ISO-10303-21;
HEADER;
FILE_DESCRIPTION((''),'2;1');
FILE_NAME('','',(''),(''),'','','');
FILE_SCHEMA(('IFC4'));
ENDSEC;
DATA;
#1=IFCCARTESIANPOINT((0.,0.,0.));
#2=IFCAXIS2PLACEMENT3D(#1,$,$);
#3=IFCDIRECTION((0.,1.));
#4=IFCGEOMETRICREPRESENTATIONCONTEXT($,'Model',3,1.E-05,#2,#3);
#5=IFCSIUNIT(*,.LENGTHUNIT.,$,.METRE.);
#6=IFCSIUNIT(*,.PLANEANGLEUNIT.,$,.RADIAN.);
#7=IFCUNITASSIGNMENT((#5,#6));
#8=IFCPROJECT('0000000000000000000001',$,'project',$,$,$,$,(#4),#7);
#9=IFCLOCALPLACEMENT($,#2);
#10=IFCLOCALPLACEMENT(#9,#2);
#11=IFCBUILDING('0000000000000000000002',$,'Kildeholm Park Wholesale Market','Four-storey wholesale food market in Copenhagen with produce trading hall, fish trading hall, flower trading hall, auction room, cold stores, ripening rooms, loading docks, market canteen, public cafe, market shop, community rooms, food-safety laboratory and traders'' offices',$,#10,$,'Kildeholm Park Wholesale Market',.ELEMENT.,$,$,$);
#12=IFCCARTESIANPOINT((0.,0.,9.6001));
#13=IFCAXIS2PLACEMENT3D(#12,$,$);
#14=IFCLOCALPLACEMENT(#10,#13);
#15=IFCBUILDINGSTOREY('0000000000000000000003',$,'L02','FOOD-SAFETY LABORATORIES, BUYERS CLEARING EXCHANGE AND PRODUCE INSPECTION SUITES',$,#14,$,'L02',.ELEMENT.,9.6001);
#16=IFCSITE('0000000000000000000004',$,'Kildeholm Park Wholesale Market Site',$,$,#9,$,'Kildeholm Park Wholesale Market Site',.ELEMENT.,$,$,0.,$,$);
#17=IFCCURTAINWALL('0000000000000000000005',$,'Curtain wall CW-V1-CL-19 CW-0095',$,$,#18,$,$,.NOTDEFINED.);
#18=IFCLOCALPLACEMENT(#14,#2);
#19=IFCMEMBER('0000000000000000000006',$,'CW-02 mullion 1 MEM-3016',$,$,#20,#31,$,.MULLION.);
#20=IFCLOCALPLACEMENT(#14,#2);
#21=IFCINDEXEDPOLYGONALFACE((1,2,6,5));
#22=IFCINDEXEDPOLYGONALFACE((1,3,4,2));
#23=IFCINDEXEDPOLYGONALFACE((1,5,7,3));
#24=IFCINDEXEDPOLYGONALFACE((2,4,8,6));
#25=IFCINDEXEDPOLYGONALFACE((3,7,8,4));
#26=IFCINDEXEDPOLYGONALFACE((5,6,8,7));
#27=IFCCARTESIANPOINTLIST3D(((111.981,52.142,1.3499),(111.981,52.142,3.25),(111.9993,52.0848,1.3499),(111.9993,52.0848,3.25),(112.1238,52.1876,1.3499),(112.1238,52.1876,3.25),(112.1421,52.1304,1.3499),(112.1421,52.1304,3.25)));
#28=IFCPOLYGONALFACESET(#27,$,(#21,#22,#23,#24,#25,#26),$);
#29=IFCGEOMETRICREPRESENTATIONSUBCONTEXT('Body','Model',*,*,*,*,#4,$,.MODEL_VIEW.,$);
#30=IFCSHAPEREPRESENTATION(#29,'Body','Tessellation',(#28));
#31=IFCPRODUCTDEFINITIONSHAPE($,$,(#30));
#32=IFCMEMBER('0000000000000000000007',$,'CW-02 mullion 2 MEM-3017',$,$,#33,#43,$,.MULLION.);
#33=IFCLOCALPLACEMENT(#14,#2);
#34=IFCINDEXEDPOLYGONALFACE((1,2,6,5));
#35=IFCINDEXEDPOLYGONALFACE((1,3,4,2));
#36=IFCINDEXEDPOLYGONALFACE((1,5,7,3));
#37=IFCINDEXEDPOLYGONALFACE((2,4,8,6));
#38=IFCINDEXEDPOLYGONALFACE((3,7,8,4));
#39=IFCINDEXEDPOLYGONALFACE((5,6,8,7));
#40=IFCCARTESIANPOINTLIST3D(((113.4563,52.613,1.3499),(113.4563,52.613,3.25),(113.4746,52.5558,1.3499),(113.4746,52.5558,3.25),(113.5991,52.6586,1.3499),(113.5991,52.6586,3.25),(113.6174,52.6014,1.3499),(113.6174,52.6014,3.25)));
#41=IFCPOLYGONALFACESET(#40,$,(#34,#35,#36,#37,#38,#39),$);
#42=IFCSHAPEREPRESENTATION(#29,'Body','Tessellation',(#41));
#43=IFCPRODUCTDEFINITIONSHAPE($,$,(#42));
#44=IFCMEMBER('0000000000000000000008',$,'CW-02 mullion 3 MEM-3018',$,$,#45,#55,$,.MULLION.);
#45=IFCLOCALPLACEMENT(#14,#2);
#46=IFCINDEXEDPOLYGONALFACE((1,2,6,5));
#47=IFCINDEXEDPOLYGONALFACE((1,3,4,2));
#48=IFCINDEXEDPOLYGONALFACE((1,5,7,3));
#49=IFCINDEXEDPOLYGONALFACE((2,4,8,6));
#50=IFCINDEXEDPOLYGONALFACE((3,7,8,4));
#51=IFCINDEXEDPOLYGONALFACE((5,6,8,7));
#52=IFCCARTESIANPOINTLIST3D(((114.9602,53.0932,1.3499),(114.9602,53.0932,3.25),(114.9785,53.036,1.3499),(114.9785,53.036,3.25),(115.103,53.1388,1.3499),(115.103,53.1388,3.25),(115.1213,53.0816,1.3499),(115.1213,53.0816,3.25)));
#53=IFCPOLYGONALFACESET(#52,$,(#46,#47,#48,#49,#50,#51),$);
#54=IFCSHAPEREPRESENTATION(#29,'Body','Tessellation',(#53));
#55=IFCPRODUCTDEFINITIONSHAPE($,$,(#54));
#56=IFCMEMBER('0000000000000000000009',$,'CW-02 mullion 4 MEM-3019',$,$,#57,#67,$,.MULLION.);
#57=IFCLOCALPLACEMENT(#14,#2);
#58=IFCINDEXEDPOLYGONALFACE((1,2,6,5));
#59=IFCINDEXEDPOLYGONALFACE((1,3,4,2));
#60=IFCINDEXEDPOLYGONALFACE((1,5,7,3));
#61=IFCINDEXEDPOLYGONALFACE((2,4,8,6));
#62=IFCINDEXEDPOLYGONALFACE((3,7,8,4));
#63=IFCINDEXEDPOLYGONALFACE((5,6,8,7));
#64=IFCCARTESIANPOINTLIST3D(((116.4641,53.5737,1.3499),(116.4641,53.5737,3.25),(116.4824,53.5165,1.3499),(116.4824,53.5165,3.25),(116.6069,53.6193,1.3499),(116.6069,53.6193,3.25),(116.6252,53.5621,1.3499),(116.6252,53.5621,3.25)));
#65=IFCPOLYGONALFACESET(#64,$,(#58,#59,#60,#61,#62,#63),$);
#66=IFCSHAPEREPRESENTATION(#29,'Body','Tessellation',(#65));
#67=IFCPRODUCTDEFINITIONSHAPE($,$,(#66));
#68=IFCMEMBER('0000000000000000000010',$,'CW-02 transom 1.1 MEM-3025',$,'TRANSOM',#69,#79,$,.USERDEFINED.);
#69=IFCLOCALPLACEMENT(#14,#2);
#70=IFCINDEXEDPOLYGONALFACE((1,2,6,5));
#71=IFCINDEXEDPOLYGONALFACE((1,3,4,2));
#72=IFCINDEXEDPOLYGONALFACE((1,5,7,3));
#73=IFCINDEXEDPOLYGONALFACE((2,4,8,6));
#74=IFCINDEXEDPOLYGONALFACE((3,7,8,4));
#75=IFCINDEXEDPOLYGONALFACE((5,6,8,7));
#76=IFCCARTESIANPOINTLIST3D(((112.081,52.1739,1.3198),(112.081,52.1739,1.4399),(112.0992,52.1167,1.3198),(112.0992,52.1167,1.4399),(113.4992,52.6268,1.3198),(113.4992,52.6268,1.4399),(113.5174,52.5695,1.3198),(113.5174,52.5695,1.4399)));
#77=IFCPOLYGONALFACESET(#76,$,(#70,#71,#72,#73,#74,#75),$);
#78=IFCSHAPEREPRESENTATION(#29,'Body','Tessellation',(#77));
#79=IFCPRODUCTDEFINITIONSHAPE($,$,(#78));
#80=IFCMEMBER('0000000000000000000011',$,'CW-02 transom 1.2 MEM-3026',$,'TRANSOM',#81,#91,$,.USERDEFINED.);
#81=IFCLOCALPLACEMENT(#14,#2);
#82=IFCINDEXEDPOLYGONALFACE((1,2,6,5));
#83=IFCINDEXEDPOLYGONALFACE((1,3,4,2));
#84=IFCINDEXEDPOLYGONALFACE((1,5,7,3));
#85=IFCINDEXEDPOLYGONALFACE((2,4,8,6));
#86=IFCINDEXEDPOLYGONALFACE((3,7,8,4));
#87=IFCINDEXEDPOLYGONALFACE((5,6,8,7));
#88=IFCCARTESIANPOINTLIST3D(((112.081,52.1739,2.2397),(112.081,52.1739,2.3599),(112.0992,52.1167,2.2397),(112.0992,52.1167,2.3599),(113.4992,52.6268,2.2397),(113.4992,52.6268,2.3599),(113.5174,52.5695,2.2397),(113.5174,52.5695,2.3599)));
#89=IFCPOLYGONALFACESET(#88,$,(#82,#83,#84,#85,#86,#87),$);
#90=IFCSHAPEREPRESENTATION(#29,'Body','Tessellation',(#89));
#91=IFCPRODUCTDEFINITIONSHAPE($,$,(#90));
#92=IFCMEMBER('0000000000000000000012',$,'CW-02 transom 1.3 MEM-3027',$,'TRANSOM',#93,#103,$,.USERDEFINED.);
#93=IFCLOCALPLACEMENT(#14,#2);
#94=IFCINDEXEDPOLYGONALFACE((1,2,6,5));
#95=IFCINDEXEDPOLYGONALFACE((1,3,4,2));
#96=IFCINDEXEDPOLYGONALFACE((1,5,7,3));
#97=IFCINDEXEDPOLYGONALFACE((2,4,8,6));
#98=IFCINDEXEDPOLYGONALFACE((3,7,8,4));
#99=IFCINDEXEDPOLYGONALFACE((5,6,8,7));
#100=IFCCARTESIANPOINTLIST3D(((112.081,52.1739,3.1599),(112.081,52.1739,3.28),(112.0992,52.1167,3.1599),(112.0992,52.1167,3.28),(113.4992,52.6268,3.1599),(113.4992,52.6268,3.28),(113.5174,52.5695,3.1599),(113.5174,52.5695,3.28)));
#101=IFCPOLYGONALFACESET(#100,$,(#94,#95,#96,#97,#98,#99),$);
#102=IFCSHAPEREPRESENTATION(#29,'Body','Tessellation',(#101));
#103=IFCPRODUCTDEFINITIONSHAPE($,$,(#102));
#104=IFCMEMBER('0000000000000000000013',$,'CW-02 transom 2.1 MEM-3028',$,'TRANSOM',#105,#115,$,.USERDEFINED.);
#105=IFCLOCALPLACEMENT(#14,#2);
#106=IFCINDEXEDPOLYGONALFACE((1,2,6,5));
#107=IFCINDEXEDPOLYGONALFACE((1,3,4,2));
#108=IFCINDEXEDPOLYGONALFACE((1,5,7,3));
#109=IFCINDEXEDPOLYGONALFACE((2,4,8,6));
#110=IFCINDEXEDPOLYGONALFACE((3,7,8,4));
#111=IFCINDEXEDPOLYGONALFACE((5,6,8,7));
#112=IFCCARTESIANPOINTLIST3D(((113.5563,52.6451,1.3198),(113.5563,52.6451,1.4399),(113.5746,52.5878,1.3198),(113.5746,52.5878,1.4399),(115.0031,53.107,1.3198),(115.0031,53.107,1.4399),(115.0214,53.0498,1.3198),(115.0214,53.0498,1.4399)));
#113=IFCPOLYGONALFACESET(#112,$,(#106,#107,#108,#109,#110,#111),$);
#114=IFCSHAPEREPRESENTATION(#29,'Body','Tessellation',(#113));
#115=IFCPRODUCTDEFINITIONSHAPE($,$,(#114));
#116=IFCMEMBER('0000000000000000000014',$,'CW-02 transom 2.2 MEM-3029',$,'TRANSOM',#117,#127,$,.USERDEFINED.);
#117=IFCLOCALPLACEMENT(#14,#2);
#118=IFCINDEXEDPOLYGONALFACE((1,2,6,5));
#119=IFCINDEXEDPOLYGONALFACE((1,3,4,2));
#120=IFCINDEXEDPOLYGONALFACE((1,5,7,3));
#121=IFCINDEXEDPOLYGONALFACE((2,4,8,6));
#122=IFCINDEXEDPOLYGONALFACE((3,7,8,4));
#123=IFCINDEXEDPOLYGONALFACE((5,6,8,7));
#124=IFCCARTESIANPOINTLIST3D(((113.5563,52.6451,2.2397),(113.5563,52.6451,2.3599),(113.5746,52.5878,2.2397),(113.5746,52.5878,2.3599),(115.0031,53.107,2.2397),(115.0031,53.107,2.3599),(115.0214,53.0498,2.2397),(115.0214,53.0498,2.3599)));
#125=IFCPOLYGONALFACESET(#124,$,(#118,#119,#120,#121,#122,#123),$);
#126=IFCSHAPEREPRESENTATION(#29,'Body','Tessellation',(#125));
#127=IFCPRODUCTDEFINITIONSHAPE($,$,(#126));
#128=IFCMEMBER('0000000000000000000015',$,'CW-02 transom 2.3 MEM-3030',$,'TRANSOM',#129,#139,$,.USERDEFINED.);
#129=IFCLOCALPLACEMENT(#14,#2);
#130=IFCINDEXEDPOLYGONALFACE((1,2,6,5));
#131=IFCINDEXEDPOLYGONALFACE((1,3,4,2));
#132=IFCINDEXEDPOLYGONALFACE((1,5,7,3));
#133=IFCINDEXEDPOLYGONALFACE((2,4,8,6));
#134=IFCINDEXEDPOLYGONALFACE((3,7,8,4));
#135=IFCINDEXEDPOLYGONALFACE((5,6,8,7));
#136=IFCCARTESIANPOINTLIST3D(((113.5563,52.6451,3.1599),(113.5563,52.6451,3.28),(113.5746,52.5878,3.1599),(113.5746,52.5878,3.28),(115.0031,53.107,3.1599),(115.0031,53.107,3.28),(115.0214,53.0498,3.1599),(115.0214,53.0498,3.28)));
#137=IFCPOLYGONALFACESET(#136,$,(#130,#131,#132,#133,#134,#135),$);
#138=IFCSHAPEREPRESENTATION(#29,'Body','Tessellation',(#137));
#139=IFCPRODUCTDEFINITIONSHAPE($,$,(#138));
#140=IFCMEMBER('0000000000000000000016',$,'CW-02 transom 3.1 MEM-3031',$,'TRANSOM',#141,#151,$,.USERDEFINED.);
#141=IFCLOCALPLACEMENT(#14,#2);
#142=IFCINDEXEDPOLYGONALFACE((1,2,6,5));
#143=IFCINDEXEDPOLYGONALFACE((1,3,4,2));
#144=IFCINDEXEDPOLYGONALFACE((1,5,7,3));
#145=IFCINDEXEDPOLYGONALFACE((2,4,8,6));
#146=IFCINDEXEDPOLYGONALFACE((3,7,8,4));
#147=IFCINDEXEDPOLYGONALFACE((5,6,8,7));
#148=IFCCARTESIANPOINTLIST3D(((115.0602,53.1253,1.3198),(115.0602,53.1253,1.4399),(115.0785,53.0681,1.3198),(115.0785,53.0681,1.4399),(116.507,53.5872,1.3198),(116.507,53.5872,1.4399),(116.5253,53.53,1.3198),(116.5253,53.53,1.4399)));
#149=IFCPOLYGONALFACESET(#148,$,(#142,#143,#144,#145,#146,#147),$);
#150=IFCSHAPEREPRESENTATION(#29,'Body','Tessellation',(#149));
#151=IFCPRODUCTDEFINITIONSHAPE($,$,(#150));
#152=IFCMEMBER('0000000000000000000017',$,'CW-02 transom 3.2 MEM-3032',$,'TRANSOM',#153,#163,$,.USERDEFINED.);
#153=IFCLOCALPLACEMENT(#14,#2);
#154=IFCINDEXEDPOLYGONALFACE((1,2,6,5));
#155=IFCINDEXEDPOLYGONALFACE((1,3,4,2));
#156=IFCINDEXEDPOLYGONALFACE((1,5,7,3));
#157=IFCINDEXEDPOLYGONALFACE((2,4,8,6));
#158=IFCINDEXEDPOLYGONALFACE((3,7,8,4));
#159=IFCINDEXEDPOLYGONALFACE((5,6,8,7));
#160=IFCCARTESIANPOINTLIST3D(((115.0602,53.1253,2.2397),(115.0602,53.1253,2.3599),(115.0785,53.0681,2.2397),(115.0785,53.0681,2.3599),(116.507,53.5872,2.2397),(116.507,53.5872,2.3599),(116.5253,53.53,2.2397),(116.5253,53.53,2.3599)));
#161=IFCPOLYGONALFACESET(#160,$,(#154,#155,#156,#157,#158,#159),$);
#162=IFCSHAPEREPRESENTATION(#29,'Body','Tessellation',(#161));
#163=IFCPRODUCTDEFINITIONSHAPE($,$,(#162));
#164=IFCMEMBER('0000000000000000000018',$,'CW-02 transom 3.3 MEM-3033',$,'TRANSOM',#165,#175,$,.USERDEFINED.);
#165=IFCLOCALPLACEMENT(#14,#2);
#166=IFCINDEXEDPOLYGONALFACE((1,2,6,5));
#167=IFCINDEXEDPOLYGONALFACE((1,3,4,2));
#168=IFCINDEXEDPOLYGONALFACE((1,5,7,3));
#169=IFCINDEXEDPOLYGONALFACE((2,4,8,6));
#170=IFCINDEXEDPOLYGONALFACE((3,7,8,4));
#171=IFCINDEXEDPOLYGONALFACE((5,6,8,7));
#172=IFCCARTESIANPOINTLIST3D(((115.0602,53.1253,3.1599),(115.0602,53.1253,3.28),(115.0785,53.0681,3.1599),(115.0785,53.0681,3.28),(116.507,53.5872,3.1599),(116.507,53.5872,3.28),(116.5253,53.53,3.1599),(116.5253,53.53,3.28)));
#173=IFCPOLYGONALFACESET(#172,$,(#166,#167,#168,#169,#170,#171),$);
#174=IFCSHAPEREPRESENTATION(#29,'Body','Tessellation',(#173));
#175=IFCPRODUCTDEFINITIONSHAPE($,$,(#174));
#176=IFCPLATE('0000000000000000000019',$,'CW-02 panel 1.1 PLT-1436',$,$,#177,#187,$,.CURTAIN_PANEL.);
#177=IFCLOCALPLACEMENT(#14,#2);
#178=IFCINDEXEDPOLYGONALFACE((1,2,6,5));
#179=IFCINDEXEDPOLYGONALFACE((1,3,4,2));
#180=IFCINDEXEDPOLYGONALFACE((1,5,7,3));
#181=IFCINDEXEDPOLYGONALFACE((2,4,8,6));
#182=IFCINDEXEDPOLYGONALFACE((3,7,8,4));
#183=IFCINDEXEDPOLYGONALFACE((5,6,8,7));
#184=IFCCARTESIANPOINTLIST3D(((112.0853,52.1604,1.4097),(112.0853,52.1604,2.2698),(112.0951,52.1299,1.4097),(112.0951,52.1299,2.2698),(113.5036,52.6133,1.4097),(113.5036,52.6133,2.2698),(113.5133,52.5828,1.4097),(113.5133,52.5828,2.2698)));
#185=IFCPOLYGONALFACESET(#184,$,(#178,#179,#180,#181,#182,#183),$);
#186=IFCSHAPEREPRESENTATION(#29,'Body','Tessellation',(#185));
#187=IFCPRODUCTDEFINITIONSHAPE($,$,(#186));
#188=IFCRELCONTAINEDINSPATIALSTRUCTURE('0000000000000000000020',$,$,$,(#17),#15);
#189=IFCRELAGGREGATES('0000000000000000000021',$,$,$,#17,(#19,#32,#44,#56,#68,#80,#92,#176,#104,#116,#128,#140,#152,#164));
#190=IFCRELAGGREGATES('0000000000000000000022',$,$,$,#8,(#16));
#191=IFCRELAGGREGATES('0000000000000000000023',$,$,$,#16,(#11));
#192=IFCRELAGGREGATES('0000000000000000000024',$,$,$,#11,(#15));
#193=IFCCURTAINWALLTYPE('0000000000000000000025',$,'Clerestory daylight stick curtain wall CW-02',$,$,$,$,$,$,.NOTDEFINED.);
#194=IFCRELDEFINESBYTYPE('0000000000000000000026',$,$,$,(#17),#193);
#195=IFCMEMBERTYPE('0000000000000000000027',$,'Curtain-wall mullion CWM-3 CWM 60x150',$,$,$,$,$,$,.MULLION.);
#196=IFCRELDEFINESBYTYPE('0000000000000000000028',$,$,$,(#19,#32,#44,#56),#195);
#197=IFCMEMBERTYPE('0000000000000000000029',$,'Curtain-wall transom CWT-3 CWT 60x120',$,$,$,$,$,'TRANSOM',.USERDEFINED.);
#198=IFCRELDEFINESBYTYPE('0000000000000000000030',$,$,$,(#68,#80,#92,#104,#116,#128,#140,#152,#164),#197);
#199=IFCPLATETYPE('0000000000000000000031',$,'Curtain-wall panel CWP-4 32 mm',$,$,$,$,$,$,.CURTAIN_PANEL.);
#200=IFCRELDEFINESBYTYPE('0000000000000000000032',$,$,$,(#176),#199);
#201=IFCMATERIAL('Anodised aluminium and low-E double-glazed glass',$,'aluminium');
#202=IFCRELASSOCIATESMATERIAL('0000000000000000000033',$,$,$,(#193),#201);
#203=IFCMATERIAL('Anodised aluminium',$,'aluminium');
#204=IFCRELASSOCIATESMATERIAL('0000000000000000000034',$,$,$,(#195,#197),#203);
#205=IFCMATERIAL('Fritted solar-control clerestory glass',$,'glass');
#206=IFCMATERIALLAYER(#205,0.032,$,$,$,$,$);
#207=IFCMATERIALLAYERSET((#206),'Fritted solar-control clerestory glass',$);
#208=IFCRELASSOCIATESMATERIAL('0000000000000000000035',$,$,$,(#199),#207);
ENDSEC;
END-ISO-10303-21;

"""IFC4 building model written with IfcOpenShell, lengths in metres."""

from ifc_helpers import new_model, si_unit, direction, frame, origin, origin_2d, place, context, subcontext, project, spatial, rectangle, extrude, material, layer, layer_set, material_profile, profile_set, type_object, element, aggregate, save


model = new_model("IFC4")

# Units and contexts
model_context = context("Model", 3, precision=1e-05, world=origin(), true_north=direction((0.0, 1.0)))
body_context = subcontext(model_context, "Body", "Model", "MODEL_VIEW")
ifc_project = project(units=[si_unit("LENGTHUNIT", "METRE"), si_unit("PLANEANGLEUNIT", "RADIAN")], contexts=[model_context])

# Site, building, storey
site_placement = place(None, origin())
site = spatial("IfcSite", under=ifc_project, at=site_placement, Name="Kildeholm Park Wholesale Market Site", LongName="Kildeholm Park Wholesale Market Site", CompositionType="ELEMENT", RefElevation=0.0)
building_placement = place(site_placement, origin())
building = spatial("IfcBuilding", under=site, at=building_placement, Name="Kildeholm Park Wholesale Market", Description="Four-storey wholesale food market in Copenhagen with produce trading hall, fish trading hall, flower trading hall, auction room, cold stores, ripening rooms, loading docks, market canteen, public cafe, market shop, community rooms, food-safety laboratory and traders' offices", LongName="Kildeholm Park Wholesale Market", CompositionType="ELEMENT")
storey_placement = place(building_placement, frame((0.0, 0.0, 9.6001)))
storey = spatial("IfcBuildingStorey", under=building, at=storey_placement, Name="L02", Description="FOOD-SAFETY LABORATORIES, BUYERS CLEARING EXCHANGE AND PRODUCE INSPECTION SUITES", LongName="L02", CompositionType="ELEMENT", Elevation=9.6001)

# Curtain wall, members, plate
ifc_material_1 = material(Name="Anodised aluminium and low-E double-glazed glass", Category="aluminium")
curtain_wall_type = type_object("IfcCurtainWallType", Name="Clerestory daylight stick curtain wall CW-02", PredefinedType="NOTDEFINED", material=ifc_material_1)
curtain_wall_placement = place(storey_placement, origin())
curtain_wall = element("IfcCurtainWall", 1, at=curtain_wall_placement, inside=storey, type_object=curtain_wall_type, Name="Curtain wall CW-V1-CL-19 CW-0095", PredefinedType="NOTDEFINED")
ifc_material_2 = material(Name="Anodised aluminium", Category="aluminium")
ifc_material_profile_1 = material_profile(ifc_material_2, rectangle(XDim=0.0601, YDim=0.1499, at=origin_2d()), Name="CWM 60x150")
ifc_profile_set_1 = profile_set([ifc_material_profile_1], Name="Anodised aluminium")
member_type_1 = type_object("IfcMemberType", Name="Curtain-wall mullion CWM-3 CWM 60x150", PredefinedType="MULLION", material=ifc_profile_set_1)
member_1_placement = place(storey_placement, frame((112.0615, 52.1362, 1.3499), z_axis=(0.0, 0.0, 1.0), x_axis=(-0.304207, 0.952606, 0.0)))
member_1 = element("IfcMember", 2, at=member_1_placement, type_object=member_type_1, Name="CW-02 mullion 1 MEM-3016", PredefinedType="MULLION", context=body_context, shape_type="SweptSolid", body=[
    extrude(rectangle(XDim=0.0601, YDim=0.1499, at=origin_2d()), origin(), (0.0, 0.0, 1.0), 1.9001),
])
member_2_placement = place(storey_placement, frame((113.5369, 52.6072, 1.3499), z_axis=(0.0, 0.0, 1.0), x_axis=(-0.304207, 0.952606, 0.0)))
member_2 = element("IfcMember", 3, at=member_2_placement, type_object=member_type_1, Name="CW-02 mullion 2 MEM-3017", PredefinedType="MULLION", context=body_context, shape_type="SweptSolid", body=[
    extrude(rectangle(XDim=0.0601, YDim=0.1499, at=origin_2d()), origin(), (0.0, 0.0, 1.0), 1.9001),
])
member_3_placement = place(storey_placement, frame((115.0408, 53.0874, 1.3499), z_axis=(0.0, 0.0, 1.0), x_axis=(-0.304207, 0.952606, 0.0)))
member_3 = element("IfcMember", 4, at=member_3_placement, type_object=member_type_1, Name="CW-02 mullion 3 MEM-3018", PredefinedType="MULLION", context=body_context, shape_type="SweptSolid", body=[
    extrude(rectangle(XDim=0.0601, YDim=0.1499, at=origin_2d()), origin(), (0.0, 0.0, 1.0), 1.9001),
])
member_4_placement = place(storey_placement, frame((116.5447, 53.5679, 1.3499), z_axis=(0.0, 0.0, 1.0), x_axis=(-0.304207, 0.952606, 0.0)))
member_4 = element("IfcMember", 5, at=member_4_placement, type_object=member_type_1, Name="CW-02 mullion 4 MEM-3019", PredefinedType="MULLION", context=body_context, shape_type="SweptSolid", body=[
    extrude(rectangle(XDim=0.0601, YDim=0.1499, at=origin_2d()), origin(), (0.0, 0.0, 1.0), 1.9001),
])
ifc_material_profile_2 = material_profile(ifc_material_2, rectangle(XDim=0.0601, YDim=0.1201, at=origin_2d()), Name="CWT 60x120")
ifc_profile_set_2 = profile_set([ifc_material_profile_2], Name="Anodised aluminium")
member_type_2 = type_object("IfcMemberType", Name="Curtain-wall transom CWT-3 CWT 60x120", ElementType="TRANSOM", PredefinedType="USERDEFINED", material=ifc_profile_set_2)
member_5_placement = place(storey_placement, frame((112.0901, 52.1453, 1.3799), z_axis=(0.952609, 0.304198, 0.0), x_axis=(-0.304198, 0.952609, 0.0)))
member_5 = element("IfcMember", 6, at=member_5_placement, type_object=member_type_2, Name="CW-02 transom 1.1 MEM-3025", ObjectType="TRANSOM", PredefinedType="USERDEFINED", context=body_context, shape_type="SweptSolid", body=[
    extrude(rectangle(XDim=0.0601, YDim=0.1201, at=origin_2d()), origin(), (0.0, 0.0, 1.0), 1.4888),
])
member_6_placement = place(storey_placement, frame((112.0901, 52.1453, 2.2998), z_axis=(0.952609, 0.304198, 0.0), x_axis=(-0.304198, 0.952609, 0.0)))
member_6 = element("IfcMember", 7, at=member_6_placement, type_object=member_type_2, Name="CW-02 transom 1.2 MEM-3026", ObjectType="TRANSOM", PredefinedType="USERDEFINED", context=body_context, shape_type="SweptSolid", body=[
    extrude(rectangle(XDim=0.0601, YDim=0.1201, at=origin_2d()), origin(), (0.0, 0.0, 1.0), 1.4888),
])
member_7_placement = place(storey_placement, frame((112.0901, 52.1453, 3.22), z_axis=(0.952609, 0.304198, 0.0), x_axis=(-0.304198, 0.952609, 0.0)))
member_7 = element("IfcMember", 8, at=member_7_placement, type_object=member_type_2, Name="CW-02 transom 1.3 MEM-3027", ObjectType="TRANSOM", PredefinedType="USERDEFINED", context=body_context, shape_type="SweptSolid", body=[
    extrude(rectangle(XDim=0.0601, YDim=0.1201, at=origin_2d()), origin(), (0.0, 0.0, 1.0), 1.4888),
])
member_8_placement = place(storey_placement, frame((113.5654, 52.6165, 1.3799), z_axis=(0.952626, 0.304146, 0.0), x_axis=(-0.304146, 0.952626, 0.0)))
member_8 = element("IfcMember", 9, at=member_8_placement, type_object=member_type_2, Name="CW-02 transom 2.1 MEM-3028", ObjectType="TRANSOM", PredefinedType="USERDEFINED", context=body_context, shape_type="SweptSolid", body=[
    extrude(rectangle(XDim=0.0601, YDim=0.1201, at=origin_2d()), origin(), (0.0, 0.0, 1.0), 1.5188),
])
member_9_placement = place(storey_placement, frame((113.5654, 52.6165, 2.2998), z_axis=(0.952626, 0.304146, 0.0), x_axis=(-0.304146, 0.952626, 0.0)))
member_9 = element("IfcMember", 10, at=member_9_placement, type_object=member_type_2, Name="CW-02 transom 2.2 MEM-3029", ObjectType="TRANSOM", PredefinedType="USERDEFINED", context=body_context, shape_type="SweptSolid", body=[
    extrude(rectangle(XDim=0.0601, YDim=0.1201, at=origin_2d()), origin(), (0.0, 0.0, 1.0), 1.5188),
])
member_10_placement = place(storey_placement, frame((113.5654, 52.6165, 3.22), z_axis=(0.952626, 0.304146, 0.0), x_axis=(-0.304146, 0.952626, 0.0)))
member_10 = element("IfcMember", 11, at=member_10_placement, type_object=member_type_2, Name="CW-02 transom 2.3 MEM-3030", ObjectType="TRANSOM", PredefinedType="USERDEFINED", context=body_context, shape_type="SweptSolid", body=[
    extrude(rectangle(XDim=0.0601, YDim=0.1201, at=origin_2d()), origin(), (0.0, 0.0, 1.0), 1.5188),
])
member_11_placement = place(storey_placement, frame((115.0693, 53.0967, 1.3799), z_axis=(0.952626, 0.304146, 0.0), x_axis=(-0.304146, 0.952626, 0.0)))
member_11 = element("IfcMember", 12, at=member_11_placement, type_object=member_type_2, Name="CW-02 transom 3.1 MEM-3031", ObjectType="TRANSOM", PredefinedType="USERDEFINED", context=body_context, shape_type="SweptSolid", body=[
    extrude(rectangle(XDim=0.0601, YDim=0.1201, at=origin_2d()), origin(), (0.0, 0.0, 1.0), 1.5188),
])
member_12_placement = place(storey_placement, frame((115.0693, 53.0967, 2.2998), z_axis=(0.952626, 0.304146, 0.0), x_axis=(-0.304146, 0.952626, 0.0)))
member_12 = element("IfcMember", 13, at=member_12_placement, type_object=member_type_2, Name="CW-02 transom 3.2 MEM-3032", ObjectType="TRANSOM", PredefinedType="USERDEFINED", context=body_context, shape_type="SweptSolid", body=[
    extrude(rectangle(XDim=0.0601, YDim=0.1201, at=origin_2d()), origin(), (0.0, 0.0, 1.0), 1.5188),
])
member_13_placement = place(storey_placement, frame((115.0693, 53.0967, 3.22), z_axis=(0.952626, 0.304146, 0.0), x_axis=(-0.304146, 0.952626, 0.0)))
member_13 = element("IfcMember", 14, at=member_13_placement, type_object=member_type_2, Name="CW-02 transom 3.3 MEM-3033", ObjectType="TRANSOM", PredefinedType="USERDEFINED", context=body_context, shape_type="SweptSolid", body=[
    extrude(rectangle(XDim=0.0601, YDim=0.1201, at=origin_2d()), origin(), (0.0, 0.0, 1.0), 1.5188),
])
ifc_material_3 = material(Name="Fritted solar-control clerestory glass", Category="glass")
ifc_layer_1 = layer(ifc_material_3, 0.032)
ifc_layer_set_1 = layer_set([ifc_layer_1], Name="Fritted solar-control clerestory glass")
plate_type_1 = type_object("IfcPlateType", Name="Curtain-wall panel CWP-4 32 mm", PredefinedType="CURTAIN_PANEL", material=ifc_layer_set_1)
plate_1_placement = place(storey_placement, frame((112.7993, 52.3716, 1.4097), z_axis=(0.0, 0.0, 1.0), x_axis=(0.952606, 0.304207, 0.0)))
plate_1 = element("IfcPlate", 15, at=plate_1_placement, type_object=plate_type_1, Name="CW-02 panel 1.1 PLT-1436", PredefinedType="CURTAIN_PANEL", context=body_context, shape_type="SweptSolid", body=[
    extrude(rectangle(XDim=1.4888, YDim=0.032, at=origin_2d()), origin(), (0.0, 0.0, 1.0), 0.8601),
])
aggregate(curtain_wall, [member_1, member_2, member_3, member_4, member_5, member_6, member_7, plate_1, member_8, member_9, member_10, member_11, member_12, member_13])

save(model, "model.ifc")
